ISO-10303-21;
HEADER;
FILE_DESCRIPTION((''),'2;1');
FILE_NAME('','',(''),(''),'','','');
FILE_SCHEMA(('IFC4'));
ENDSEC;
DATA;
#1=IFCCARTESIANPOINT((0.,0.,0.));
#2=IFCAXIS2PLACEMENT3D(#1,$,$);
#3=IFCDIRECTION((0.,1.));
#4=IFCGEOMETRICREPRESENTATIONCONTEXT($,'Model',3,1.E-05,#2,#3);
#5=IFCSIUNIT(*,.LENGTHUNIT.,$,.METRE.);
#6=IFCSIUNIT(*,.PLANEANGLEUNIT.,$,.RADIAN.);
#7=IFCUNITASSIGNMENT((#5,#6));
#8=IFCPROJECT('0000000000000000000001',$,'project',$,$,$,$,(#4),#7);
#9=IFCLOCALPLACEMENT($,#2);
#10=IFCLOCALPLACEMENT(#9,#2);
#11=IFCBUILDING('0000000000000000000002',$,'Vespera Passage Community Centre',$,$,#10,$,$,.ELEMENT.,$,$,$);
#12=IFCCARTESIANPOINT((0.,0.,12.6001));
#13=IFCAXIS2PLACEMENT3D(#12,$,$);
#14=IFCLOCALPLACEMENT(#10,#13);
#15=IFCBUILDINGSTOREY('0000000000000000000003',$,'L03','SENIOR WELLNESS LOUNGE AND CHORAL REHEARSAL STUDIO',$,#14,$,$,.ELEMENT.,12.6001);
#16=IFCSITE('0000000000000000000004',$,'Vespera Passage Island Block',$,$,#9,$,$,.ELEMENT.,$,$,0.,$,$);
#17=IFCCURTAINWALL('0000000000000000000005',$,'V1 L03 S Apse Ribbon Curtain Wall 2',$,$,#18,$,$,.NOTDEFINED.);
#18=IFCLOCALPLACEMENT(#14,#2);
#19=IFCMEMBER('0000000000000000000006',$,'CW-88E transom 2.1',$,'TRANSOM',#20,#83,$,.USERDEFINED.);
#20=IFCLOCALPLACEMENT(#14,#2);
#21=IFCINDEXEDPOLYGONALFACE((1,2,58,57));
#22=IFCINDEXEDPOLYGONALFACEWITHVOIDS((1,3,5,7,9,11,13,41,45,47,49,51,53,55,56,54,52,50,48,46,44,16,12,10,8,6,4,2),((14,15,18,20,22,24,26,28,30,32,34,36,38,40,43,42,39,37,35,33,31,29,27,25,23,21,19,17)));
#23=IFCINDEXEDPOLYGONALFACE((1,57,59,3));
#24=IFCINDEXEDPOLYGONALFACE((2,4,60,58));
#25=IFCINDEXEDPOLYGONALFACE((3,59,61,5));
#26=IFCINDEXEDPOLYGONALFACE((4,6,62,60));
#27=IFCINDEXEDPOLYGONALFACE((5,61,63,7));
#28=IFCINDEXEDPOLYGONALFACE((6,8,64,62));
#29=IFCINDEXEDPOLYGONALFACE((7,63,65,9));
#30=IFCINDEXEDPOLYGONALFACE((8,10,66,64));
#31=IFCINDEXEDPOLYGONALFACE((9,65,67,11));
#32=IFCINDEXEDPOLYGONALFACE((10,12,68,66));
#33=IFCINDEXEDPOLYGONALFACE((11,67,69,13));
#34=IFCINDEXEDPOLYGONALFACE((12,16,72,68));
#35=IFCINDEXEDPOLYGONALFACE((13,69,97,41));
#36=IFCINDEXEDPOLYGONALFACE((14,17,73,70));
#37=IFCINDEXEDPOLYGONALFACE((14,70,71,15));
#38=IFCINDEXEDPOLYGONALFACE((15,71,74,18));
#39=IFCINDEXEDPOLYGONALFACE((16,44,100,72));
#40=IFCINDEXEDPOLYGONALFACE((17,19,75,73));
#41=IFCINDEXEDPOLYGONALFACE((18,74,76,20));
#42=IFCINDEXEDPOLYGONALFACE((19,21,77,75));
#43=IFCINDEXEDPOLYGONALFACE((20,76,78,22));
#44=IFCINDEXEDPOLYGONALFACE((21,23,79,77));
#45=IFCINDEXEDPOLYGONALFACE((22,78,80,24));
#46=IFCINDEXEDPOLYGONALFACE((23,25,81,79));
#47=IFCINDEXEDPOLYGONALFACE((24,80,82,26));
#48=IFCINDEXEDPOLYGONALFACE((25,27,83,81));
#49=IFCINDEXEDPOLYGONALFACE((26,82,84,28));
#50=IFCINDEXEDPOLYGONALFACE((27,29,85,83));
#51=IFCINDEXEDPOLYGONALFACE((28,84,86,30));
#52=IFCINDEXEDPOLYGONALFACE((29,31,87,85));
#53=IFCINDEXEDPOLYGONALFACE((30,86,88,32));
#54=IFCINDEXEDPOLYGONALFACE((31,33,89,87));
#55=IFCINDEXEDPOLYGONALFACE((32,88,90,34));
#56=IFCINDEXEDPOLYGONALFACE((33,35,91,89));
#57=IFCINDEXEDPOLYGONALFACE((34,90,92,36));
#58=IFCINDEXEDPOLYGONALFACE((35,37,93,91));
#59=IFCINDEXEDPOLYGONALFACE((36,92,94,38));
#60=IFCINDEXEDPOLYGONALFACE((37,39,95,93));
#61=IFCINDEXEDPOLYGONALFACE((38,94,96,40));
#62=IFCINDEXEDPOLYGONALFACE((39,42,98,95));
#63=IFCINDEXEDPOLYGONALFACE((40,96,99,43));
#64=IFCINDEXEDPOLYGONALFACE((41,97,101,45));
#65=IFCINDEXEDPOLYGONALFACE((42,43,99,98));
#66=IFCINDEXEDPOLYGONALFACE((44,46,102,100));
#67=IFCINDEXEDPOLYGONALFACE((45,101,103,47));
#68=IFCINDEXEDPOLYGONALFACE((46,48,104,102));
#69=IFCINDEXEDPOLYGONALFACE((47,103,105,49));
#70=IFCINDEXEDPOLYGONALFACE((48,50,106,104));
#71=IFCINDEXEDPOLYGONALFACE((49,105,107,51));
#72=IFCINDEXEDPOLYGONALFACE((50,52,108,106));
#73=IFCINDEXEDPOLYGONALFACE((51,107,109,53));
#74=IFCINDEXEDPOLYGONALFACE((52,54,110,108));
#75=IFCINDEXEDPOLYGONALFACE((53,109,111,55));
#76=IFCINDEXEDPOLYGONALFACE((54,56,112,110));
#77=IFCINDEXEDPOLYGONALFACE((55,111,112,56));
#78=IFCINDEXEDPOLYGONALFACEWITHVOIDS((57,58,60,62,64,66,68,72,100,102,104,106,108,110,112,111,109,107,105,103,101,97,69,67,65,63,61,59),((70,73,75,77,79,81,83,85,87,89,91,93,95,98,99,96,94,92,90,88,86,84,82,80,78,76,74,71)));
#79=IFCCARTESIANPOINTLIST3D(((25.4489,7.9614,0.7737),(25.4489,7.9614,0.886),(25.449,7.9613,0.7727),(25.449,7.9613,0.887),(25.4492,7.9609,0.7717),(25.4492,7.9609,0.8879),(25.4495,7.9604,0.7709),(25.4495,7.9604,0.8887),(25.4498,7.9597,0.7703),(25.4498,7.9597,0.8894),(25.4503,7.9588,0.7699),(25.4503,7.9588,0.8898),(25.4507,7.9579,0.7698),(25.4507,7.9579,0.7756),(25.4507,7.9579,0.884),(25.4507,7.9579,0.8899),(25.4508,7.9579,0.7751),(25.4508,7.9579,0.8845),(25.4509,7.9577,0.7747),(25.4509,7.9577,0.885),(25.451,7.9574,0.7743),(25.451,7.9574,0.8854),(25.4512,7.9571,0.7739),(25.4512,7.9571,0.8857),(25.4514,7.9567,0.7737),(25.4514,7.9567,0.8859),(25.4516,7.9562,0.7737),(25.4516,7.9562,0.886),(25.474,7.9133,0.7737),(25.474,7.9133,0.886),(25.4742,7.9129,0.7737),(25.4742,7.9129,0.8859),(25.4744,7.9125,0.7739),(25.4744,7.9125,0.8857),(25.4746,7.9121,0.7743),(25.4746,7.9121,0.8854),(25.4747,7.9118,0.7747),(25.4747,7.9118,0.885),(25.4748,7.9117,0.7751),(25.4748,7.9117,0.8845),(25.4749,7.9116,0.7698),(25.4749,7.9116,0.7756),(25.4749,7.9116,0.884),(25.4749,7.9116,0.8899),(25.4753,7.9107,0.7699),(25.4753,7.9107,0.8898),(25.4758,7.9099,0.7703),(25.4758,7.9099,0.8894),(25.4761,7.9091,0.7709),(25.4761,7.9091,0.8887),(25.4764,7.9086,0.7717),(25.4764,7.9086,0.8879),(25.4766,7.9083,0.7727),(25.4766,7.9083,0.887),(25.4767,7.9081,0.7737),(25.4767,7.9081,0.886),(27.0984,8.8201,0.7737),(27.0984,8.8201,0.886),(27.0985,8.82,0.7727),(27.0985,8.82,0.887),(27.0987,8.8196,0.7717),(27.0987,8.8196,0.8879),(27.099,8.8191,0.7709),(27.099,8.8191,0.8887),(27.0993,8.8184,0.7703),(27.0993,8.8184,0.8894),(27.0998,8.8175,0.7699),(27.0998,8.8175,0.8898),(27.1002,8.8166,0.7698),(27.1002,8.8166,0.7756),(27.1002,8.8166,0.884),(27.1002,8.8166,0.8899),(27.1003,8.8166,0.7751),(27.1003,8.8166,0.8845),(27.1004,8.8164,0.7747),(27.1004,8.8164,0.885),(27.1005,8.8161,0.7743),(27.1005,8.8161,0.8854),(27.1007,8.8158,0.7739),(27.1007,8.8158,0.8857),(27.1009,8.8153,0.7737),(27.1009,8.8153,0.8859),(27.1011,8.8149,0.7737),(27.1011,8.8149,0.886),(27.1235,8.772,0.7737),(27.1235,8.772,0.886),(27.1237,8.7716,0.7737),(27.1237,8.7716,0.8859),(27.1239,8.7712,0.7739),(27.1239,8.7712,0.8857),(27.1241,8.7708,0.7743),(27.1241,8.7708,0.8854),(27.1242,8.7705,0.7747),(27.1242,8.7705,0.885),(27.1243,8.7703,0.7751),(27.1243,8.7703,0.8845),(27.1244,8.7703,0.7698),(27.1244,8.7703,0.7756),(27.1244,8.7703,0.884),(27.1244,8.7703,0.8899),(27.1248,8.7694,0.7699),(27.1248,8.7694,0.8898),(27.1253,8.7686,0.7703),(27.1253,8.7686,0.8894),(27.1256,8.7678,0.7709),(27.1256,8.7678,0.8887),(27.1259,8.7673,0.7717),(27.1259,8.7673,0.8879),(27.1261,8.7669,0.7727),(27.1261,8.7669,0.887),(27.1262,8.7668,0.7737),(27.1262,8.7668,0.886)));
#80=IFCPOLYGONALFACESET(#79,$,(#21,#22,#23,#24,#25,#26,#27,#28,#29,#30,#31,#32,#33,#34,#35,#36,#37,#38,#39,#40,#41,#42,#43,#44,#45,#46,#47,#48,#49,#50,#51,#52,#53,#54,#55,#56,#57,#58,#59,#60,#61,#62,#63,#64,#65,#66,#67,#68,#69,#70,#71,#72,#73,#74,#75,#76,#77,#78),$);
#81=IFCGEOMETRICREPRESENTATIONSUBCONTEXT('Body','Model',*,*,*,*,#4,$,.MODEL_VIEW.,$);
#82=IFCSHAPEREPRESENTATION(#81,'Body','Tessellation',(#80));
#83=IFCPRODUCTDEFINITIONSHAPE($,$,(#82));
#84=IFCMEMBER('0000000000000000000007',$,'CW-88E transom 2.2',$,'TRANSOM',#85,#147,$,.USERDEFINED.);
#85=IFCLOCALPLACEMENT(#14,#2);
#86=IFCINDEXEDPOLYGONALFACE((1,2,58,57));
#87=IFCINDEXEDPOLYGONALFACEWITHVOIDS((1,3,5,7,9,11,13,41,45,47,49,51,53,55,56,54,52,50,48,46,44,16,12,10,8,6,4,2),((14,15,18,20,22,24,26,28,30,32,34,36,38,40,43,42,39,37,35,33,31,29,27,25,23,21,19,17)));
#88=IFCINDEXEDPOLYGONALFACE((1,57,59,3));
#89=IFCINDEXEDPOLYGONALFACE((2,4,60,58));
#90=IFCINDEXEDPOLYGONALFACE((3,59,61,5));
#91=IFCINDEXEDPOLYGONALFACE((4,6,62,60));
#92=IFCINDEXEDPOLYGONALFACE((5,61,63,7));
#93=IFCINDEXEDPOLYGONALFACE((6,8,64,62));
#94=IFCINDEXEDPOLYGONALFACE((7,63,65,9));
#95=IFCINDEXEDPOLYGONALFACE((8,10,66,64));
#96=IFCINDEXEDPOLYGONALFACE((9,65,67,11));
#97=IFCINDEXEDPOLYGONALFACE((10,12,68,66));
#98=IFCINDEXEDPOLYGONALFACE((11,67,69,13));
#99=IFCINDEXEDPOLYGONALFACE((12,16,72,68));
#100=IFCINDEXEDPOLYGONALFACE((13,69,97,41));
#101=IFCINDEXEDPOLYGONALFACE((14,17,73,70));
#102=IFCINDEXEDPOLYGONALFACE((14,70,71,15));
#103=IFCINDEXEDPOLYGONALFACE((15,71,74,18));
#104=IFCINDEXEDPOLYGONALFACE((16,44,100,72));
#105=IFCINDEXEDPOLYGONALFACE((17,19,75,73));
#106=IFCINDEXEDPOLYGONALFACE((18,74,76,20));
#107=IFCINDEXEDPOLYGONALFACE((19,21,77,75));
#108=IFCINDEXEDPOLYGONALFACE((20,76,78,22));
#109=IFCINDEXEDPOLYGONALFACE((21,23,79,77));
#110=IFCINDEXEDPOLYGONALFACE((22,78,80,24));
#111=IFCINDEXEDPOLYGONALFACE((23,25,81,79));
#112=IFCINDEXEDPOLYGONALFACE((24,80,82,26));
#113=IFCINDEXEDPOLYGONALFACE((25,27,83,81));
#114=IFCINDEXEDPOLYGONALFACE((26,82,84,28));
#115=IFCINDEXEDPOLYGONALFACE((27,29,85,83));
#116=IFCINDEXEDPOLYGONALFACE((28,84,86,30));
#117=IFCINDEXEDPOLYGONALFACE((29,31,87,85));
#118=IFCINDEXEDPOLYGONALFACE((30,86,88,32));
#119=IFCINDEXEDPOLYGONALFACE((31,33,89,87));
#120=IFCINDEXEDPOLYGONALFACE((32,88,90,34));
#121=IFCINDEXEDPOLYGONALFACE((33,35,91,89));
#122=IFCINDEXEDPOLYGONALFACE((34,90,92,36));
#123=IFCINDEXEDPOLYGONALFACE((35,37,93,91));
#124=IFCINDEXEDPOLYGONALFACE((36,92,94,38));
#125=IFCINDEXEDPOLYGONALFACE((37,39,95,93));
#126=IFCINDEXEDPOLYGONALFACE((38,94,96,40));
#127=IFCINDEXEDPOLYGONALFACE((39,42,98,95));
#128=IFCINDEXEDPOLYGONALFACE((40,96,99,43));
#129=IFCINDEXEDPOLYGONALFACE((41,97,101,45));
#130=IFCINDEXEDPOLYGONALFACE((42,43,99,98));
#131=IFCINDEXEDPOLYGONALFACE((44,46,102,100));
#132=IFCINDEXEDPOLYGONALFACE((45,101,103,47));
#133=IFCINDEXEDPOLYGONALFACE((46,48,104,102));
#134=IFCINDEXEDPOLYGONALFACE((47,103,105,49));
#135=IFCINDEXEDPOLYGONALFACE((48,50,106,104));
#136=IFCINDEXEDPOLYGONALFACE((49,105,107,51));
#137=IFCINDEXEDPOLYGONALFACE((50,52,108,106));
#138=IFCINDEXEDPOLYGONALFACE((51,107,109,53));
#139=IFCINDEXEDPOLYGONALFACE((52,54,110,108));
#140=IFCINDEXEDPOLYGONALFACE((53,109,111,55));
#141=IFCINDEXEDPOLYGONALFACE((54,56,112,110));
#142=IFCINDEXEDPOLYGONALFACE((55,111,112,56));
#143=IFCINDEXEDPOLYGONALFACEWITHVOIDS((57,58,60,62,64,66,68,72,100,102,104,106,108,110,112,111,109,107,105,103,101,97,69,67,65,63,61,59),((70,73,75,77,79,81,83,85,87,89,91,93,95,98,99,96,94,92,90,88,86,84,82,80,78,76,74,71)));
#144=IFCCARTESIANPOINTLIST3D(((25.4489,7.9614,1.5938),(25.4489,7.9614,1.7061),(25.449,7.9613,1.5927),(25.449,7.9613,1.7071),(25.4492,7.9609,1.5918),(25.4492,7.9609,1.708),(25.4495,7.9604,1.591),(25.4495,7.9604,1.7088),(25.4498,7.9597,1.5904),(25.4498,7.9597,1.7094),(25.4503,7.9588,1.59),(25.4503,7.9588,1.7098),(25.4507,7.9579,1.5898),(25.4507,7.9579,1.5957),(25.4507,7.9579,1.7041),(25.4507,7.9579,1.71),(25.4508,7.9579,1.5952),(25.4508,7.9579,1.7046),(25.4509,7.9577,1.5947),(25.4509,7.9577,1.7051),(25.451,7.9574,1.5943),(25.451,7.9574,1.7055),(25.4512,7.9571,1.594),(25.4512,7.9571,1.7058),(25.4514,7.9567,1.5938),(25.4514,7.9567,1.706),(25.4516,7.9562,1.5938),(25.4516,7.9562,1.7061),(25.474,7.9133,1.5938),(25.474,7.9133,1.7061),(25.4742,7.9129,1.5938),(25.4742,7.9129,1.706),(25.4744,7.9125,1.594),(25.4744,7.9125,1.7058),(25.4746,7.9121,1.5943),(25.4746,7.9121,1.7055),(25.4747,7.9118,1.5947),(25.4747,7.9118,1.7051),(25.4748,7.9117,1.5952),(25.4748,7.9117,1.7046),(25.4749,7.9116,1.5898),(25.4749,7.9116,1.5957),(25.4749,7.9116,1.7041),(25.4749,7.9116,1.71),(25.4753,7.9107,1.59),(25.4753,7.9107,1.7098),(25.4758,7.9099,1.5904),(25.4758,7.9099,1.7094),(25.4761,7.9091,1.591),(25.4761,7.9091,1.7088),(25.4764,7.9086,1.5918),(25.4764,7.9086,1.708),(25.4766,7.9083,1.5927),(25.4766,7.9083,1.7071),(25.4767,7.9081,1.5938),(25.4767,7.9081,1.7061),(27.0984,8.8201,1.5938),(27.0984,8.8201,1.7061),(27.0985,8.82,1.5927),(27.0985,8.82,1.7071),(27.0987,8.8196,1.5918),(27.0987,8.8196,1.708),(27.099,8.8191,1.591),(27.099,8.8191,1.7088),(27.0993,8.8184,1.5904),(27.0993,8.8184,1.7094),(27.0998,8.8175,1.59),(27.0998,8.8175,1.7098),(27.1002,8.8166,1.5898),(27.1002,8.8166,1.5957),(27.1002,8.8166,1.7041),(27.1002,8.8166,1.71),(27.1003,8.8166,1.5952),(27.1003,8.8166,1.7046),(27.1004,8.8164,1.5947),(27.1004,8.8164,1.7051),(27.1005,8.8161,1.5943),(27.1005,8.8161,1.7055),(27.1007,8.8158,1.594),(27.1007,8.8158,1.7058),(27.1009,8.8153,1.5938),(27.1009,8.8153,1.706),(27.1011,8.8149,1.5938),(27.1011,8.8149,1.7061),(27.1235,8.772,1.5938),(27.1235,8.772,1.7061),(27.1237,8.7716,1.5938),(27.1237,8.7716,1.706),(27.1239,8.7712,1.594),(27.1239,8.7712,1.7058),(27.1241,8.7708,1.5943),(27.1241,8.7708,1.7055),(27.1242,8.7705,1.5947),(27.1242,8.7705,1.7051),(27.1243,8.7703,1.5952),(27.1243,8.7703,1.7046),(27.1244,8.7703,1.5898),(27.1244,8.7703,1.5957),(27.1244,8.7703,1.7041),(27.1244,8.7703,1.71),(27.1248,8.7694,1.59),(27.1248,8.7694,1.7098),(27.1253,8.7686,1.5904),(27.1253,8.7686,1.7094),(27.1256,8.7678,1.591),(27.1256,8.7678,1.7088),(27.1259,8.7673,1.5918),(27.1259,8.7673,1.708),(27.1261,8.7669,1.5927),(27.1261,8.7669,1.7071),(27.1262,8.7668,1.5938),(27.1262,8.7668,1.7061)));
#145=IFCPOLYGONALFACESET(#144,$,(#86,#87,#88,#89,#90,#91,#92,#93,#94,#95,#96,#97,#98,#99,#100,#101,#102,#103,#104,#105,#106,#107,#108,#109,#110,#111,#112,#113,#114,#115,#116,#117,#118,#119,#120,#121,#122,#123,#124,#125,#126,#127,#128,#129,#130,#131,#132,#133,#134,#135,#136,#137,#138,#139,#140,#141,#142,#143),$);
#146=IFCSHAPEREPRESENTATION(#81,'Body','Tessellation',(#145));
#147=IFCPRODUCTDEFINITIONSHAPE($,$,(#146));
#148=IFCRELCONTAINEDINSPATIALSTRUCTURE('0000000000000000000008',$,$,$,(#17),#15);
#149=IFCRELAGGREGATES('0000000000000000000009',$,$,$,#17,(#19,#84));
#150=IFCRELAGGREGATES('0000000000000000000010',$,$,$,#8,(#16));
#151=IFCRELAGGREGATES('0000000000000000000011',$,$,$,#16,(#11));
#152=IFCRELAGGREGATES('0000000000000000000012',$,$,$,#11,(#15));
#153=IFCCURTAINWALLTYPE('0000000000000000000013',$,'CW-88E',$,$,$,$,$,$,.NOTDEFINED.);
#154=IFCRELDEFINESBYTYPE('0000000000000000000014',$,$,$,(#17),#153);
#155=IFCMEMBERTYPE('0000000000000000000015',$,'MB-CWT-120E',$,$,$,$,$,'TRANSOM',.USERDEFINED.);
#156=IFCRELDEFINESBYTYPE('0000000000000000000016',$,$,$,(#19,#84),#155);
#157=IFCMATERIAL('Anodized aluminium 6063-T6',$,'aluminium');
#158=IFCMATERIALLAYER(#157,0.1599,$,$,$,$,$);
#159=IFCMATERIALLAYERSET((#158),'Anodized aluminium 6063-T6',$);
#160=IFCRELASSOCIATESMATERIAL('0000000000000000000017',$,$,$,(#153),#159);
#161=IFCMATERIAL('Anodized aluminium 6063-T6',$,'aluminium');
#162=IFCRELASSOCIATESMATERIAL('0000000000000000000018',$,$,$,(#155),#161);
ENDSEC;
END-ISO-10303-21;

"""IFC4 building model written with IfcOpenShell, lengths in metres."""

from ifc_helpers import new_model, si_unit, direction, frame, origin, origin_2d, place, context, subcontext, project, spatial, hollow_rectangle, extrude, material, layer, layer_set, material_profile, profile_set, type_object, element, aggregate, save


model = new_model("IFC4")

# Units and contexts
model_context = context("Model", 3, precision=1e-05, world=origin(), true_north=direction((0.0, 1.0)))
body_context = subcontext(model_context, "Body", "Model", "MODEL_VIEW")
ifc_project = project(units=[si_unit("LENGTHUNIT", "METRE"), si_unit("PLANEANGLEUNIT", "RADIAN")], contexts=[model_context])

# Site, building, storey
site_placement = place(None, origin())
site = spatial("IfcSite", under=ifc_project, at=site_placement, Name="Vespera Passage Island Block", CompositionType="ELEMENT", RefElevation=0.0)
building_placement = place(site_placement, origin())
building = spatial("IfcBuilding", under=site, at=building_placement, Name="Vespera Passage Community Centre", CompositionType="ELEMENT")
storey_placement = place(building_placement, frame((0.0, 0.0, 12.6001)))
storey = spatial("IfcBuildingStorey", under=building, at=storey_placement, Name="L03", Description="SENIOR WELLNESS LOUNGE AND CHORAL REHEARSAL STUDIO", CompositionType="ELEMENT", Elevation=12.6001)

# Curtain wall, members
ifc_material_1 = material(Name="Anodized aluminium 6063-T6", Category="aluminium")
ifc_layer_1 = layer(ifc_material_1, 0.1599)
ifc_layer_set_1 = layer_set([ifc_layer_1], Name="Anodized aluminium 6063-T6")
curtain_wall_type = type_object("IfcCurtainWallType", Name="CW-88E", PredefinedType="NOTDEFINED", material=ifc_layer_set_1)
curtain_wall_placement = place(storey_placement, origin())
curtain_wall = element("IfcCurtainWall", 1, at=curtain_wall_placement, inside=storey, type_object=curtain_wall_type, Name="V1 L03 S Apse Ribbon Curtain Wall 2", PredefinedType="NOTDEFINED")
ifc_material_2 = material(Name="Anodized aluminium 6063-T6", Category="aluminium")
ifc_material_profile_1 = material_profile(ifc_material_2, hollow_rectangle(XDim=0.0601, YDim=0.1201, WallThickness=0.0039, InnerFilletRadius=0.002, OuterFilletRadius=0.0039, at=origin_2d()), Name="ALU120X60X4")
ifc_profile_set_1 = profile_set([ifc_material_profile_1], Name="Anodized aluminium 6063-T6")
member_type_1 = type_object("IfcMemberType", Name="MB-CWT-120E", ElementType="TRANSOM", PredefinedType="USERDEFINED", material=ifc_profile_set_1)
member_1_placement = place(storey_placement, frame((27.1123, 8.7935, 0.8298), z_axis=(-0.887008, -0.461754, 0.0), x_axis=(0.461754, -0.887008, 0.0)))
member_1 = element("IfcMember", 2, at=member_1_placement, type_object=member_type_1, Name="CW-88E transom 2.1", ObjectType="TRANSOM", PredefinedType="USERDEFINED", context=body_context, shape_type="SweptSolid", body=[
    extrude(hollow_rectangle(XDim=0.0601, YDim=0.1201, WallThickness=0.0039, InnerFilletRadius=0.002, OuterFilletRadius=0.0039, at=origin_2d()), origin(), (0.0, 0.0, 1.0), 1.8596),
])
member_2_placement = place(storey_placement, frame((27.1123, 8.7935, 1.6499), z_axis=(-0.887008, -0.461754, 0.0), x_axis=(0.461754, -0.887008, 0.0)))
member_2 = element("IfcMember", 3, at=member_2_placement, type_object=member_type_1, Name="CW-88E transom 2.2", ObjectType="TRANSOM", PredefinedType="USERDEFINED", context=body_context, shape_type="SweptSolid", body=[
    extrude(hollow_rectangle(XDim=0.0601, YDim=0.1201, WallThickness=0.0039, InnerFilletRadius=0.002, OuterFilletRadius=0.0039, at=origin_2d()), origin(), (0.0, 0.0, 1.0), 1.8596),
])
aggregate(curtain_wall, [member_1, member_2])

save(model, "model.ifc")
